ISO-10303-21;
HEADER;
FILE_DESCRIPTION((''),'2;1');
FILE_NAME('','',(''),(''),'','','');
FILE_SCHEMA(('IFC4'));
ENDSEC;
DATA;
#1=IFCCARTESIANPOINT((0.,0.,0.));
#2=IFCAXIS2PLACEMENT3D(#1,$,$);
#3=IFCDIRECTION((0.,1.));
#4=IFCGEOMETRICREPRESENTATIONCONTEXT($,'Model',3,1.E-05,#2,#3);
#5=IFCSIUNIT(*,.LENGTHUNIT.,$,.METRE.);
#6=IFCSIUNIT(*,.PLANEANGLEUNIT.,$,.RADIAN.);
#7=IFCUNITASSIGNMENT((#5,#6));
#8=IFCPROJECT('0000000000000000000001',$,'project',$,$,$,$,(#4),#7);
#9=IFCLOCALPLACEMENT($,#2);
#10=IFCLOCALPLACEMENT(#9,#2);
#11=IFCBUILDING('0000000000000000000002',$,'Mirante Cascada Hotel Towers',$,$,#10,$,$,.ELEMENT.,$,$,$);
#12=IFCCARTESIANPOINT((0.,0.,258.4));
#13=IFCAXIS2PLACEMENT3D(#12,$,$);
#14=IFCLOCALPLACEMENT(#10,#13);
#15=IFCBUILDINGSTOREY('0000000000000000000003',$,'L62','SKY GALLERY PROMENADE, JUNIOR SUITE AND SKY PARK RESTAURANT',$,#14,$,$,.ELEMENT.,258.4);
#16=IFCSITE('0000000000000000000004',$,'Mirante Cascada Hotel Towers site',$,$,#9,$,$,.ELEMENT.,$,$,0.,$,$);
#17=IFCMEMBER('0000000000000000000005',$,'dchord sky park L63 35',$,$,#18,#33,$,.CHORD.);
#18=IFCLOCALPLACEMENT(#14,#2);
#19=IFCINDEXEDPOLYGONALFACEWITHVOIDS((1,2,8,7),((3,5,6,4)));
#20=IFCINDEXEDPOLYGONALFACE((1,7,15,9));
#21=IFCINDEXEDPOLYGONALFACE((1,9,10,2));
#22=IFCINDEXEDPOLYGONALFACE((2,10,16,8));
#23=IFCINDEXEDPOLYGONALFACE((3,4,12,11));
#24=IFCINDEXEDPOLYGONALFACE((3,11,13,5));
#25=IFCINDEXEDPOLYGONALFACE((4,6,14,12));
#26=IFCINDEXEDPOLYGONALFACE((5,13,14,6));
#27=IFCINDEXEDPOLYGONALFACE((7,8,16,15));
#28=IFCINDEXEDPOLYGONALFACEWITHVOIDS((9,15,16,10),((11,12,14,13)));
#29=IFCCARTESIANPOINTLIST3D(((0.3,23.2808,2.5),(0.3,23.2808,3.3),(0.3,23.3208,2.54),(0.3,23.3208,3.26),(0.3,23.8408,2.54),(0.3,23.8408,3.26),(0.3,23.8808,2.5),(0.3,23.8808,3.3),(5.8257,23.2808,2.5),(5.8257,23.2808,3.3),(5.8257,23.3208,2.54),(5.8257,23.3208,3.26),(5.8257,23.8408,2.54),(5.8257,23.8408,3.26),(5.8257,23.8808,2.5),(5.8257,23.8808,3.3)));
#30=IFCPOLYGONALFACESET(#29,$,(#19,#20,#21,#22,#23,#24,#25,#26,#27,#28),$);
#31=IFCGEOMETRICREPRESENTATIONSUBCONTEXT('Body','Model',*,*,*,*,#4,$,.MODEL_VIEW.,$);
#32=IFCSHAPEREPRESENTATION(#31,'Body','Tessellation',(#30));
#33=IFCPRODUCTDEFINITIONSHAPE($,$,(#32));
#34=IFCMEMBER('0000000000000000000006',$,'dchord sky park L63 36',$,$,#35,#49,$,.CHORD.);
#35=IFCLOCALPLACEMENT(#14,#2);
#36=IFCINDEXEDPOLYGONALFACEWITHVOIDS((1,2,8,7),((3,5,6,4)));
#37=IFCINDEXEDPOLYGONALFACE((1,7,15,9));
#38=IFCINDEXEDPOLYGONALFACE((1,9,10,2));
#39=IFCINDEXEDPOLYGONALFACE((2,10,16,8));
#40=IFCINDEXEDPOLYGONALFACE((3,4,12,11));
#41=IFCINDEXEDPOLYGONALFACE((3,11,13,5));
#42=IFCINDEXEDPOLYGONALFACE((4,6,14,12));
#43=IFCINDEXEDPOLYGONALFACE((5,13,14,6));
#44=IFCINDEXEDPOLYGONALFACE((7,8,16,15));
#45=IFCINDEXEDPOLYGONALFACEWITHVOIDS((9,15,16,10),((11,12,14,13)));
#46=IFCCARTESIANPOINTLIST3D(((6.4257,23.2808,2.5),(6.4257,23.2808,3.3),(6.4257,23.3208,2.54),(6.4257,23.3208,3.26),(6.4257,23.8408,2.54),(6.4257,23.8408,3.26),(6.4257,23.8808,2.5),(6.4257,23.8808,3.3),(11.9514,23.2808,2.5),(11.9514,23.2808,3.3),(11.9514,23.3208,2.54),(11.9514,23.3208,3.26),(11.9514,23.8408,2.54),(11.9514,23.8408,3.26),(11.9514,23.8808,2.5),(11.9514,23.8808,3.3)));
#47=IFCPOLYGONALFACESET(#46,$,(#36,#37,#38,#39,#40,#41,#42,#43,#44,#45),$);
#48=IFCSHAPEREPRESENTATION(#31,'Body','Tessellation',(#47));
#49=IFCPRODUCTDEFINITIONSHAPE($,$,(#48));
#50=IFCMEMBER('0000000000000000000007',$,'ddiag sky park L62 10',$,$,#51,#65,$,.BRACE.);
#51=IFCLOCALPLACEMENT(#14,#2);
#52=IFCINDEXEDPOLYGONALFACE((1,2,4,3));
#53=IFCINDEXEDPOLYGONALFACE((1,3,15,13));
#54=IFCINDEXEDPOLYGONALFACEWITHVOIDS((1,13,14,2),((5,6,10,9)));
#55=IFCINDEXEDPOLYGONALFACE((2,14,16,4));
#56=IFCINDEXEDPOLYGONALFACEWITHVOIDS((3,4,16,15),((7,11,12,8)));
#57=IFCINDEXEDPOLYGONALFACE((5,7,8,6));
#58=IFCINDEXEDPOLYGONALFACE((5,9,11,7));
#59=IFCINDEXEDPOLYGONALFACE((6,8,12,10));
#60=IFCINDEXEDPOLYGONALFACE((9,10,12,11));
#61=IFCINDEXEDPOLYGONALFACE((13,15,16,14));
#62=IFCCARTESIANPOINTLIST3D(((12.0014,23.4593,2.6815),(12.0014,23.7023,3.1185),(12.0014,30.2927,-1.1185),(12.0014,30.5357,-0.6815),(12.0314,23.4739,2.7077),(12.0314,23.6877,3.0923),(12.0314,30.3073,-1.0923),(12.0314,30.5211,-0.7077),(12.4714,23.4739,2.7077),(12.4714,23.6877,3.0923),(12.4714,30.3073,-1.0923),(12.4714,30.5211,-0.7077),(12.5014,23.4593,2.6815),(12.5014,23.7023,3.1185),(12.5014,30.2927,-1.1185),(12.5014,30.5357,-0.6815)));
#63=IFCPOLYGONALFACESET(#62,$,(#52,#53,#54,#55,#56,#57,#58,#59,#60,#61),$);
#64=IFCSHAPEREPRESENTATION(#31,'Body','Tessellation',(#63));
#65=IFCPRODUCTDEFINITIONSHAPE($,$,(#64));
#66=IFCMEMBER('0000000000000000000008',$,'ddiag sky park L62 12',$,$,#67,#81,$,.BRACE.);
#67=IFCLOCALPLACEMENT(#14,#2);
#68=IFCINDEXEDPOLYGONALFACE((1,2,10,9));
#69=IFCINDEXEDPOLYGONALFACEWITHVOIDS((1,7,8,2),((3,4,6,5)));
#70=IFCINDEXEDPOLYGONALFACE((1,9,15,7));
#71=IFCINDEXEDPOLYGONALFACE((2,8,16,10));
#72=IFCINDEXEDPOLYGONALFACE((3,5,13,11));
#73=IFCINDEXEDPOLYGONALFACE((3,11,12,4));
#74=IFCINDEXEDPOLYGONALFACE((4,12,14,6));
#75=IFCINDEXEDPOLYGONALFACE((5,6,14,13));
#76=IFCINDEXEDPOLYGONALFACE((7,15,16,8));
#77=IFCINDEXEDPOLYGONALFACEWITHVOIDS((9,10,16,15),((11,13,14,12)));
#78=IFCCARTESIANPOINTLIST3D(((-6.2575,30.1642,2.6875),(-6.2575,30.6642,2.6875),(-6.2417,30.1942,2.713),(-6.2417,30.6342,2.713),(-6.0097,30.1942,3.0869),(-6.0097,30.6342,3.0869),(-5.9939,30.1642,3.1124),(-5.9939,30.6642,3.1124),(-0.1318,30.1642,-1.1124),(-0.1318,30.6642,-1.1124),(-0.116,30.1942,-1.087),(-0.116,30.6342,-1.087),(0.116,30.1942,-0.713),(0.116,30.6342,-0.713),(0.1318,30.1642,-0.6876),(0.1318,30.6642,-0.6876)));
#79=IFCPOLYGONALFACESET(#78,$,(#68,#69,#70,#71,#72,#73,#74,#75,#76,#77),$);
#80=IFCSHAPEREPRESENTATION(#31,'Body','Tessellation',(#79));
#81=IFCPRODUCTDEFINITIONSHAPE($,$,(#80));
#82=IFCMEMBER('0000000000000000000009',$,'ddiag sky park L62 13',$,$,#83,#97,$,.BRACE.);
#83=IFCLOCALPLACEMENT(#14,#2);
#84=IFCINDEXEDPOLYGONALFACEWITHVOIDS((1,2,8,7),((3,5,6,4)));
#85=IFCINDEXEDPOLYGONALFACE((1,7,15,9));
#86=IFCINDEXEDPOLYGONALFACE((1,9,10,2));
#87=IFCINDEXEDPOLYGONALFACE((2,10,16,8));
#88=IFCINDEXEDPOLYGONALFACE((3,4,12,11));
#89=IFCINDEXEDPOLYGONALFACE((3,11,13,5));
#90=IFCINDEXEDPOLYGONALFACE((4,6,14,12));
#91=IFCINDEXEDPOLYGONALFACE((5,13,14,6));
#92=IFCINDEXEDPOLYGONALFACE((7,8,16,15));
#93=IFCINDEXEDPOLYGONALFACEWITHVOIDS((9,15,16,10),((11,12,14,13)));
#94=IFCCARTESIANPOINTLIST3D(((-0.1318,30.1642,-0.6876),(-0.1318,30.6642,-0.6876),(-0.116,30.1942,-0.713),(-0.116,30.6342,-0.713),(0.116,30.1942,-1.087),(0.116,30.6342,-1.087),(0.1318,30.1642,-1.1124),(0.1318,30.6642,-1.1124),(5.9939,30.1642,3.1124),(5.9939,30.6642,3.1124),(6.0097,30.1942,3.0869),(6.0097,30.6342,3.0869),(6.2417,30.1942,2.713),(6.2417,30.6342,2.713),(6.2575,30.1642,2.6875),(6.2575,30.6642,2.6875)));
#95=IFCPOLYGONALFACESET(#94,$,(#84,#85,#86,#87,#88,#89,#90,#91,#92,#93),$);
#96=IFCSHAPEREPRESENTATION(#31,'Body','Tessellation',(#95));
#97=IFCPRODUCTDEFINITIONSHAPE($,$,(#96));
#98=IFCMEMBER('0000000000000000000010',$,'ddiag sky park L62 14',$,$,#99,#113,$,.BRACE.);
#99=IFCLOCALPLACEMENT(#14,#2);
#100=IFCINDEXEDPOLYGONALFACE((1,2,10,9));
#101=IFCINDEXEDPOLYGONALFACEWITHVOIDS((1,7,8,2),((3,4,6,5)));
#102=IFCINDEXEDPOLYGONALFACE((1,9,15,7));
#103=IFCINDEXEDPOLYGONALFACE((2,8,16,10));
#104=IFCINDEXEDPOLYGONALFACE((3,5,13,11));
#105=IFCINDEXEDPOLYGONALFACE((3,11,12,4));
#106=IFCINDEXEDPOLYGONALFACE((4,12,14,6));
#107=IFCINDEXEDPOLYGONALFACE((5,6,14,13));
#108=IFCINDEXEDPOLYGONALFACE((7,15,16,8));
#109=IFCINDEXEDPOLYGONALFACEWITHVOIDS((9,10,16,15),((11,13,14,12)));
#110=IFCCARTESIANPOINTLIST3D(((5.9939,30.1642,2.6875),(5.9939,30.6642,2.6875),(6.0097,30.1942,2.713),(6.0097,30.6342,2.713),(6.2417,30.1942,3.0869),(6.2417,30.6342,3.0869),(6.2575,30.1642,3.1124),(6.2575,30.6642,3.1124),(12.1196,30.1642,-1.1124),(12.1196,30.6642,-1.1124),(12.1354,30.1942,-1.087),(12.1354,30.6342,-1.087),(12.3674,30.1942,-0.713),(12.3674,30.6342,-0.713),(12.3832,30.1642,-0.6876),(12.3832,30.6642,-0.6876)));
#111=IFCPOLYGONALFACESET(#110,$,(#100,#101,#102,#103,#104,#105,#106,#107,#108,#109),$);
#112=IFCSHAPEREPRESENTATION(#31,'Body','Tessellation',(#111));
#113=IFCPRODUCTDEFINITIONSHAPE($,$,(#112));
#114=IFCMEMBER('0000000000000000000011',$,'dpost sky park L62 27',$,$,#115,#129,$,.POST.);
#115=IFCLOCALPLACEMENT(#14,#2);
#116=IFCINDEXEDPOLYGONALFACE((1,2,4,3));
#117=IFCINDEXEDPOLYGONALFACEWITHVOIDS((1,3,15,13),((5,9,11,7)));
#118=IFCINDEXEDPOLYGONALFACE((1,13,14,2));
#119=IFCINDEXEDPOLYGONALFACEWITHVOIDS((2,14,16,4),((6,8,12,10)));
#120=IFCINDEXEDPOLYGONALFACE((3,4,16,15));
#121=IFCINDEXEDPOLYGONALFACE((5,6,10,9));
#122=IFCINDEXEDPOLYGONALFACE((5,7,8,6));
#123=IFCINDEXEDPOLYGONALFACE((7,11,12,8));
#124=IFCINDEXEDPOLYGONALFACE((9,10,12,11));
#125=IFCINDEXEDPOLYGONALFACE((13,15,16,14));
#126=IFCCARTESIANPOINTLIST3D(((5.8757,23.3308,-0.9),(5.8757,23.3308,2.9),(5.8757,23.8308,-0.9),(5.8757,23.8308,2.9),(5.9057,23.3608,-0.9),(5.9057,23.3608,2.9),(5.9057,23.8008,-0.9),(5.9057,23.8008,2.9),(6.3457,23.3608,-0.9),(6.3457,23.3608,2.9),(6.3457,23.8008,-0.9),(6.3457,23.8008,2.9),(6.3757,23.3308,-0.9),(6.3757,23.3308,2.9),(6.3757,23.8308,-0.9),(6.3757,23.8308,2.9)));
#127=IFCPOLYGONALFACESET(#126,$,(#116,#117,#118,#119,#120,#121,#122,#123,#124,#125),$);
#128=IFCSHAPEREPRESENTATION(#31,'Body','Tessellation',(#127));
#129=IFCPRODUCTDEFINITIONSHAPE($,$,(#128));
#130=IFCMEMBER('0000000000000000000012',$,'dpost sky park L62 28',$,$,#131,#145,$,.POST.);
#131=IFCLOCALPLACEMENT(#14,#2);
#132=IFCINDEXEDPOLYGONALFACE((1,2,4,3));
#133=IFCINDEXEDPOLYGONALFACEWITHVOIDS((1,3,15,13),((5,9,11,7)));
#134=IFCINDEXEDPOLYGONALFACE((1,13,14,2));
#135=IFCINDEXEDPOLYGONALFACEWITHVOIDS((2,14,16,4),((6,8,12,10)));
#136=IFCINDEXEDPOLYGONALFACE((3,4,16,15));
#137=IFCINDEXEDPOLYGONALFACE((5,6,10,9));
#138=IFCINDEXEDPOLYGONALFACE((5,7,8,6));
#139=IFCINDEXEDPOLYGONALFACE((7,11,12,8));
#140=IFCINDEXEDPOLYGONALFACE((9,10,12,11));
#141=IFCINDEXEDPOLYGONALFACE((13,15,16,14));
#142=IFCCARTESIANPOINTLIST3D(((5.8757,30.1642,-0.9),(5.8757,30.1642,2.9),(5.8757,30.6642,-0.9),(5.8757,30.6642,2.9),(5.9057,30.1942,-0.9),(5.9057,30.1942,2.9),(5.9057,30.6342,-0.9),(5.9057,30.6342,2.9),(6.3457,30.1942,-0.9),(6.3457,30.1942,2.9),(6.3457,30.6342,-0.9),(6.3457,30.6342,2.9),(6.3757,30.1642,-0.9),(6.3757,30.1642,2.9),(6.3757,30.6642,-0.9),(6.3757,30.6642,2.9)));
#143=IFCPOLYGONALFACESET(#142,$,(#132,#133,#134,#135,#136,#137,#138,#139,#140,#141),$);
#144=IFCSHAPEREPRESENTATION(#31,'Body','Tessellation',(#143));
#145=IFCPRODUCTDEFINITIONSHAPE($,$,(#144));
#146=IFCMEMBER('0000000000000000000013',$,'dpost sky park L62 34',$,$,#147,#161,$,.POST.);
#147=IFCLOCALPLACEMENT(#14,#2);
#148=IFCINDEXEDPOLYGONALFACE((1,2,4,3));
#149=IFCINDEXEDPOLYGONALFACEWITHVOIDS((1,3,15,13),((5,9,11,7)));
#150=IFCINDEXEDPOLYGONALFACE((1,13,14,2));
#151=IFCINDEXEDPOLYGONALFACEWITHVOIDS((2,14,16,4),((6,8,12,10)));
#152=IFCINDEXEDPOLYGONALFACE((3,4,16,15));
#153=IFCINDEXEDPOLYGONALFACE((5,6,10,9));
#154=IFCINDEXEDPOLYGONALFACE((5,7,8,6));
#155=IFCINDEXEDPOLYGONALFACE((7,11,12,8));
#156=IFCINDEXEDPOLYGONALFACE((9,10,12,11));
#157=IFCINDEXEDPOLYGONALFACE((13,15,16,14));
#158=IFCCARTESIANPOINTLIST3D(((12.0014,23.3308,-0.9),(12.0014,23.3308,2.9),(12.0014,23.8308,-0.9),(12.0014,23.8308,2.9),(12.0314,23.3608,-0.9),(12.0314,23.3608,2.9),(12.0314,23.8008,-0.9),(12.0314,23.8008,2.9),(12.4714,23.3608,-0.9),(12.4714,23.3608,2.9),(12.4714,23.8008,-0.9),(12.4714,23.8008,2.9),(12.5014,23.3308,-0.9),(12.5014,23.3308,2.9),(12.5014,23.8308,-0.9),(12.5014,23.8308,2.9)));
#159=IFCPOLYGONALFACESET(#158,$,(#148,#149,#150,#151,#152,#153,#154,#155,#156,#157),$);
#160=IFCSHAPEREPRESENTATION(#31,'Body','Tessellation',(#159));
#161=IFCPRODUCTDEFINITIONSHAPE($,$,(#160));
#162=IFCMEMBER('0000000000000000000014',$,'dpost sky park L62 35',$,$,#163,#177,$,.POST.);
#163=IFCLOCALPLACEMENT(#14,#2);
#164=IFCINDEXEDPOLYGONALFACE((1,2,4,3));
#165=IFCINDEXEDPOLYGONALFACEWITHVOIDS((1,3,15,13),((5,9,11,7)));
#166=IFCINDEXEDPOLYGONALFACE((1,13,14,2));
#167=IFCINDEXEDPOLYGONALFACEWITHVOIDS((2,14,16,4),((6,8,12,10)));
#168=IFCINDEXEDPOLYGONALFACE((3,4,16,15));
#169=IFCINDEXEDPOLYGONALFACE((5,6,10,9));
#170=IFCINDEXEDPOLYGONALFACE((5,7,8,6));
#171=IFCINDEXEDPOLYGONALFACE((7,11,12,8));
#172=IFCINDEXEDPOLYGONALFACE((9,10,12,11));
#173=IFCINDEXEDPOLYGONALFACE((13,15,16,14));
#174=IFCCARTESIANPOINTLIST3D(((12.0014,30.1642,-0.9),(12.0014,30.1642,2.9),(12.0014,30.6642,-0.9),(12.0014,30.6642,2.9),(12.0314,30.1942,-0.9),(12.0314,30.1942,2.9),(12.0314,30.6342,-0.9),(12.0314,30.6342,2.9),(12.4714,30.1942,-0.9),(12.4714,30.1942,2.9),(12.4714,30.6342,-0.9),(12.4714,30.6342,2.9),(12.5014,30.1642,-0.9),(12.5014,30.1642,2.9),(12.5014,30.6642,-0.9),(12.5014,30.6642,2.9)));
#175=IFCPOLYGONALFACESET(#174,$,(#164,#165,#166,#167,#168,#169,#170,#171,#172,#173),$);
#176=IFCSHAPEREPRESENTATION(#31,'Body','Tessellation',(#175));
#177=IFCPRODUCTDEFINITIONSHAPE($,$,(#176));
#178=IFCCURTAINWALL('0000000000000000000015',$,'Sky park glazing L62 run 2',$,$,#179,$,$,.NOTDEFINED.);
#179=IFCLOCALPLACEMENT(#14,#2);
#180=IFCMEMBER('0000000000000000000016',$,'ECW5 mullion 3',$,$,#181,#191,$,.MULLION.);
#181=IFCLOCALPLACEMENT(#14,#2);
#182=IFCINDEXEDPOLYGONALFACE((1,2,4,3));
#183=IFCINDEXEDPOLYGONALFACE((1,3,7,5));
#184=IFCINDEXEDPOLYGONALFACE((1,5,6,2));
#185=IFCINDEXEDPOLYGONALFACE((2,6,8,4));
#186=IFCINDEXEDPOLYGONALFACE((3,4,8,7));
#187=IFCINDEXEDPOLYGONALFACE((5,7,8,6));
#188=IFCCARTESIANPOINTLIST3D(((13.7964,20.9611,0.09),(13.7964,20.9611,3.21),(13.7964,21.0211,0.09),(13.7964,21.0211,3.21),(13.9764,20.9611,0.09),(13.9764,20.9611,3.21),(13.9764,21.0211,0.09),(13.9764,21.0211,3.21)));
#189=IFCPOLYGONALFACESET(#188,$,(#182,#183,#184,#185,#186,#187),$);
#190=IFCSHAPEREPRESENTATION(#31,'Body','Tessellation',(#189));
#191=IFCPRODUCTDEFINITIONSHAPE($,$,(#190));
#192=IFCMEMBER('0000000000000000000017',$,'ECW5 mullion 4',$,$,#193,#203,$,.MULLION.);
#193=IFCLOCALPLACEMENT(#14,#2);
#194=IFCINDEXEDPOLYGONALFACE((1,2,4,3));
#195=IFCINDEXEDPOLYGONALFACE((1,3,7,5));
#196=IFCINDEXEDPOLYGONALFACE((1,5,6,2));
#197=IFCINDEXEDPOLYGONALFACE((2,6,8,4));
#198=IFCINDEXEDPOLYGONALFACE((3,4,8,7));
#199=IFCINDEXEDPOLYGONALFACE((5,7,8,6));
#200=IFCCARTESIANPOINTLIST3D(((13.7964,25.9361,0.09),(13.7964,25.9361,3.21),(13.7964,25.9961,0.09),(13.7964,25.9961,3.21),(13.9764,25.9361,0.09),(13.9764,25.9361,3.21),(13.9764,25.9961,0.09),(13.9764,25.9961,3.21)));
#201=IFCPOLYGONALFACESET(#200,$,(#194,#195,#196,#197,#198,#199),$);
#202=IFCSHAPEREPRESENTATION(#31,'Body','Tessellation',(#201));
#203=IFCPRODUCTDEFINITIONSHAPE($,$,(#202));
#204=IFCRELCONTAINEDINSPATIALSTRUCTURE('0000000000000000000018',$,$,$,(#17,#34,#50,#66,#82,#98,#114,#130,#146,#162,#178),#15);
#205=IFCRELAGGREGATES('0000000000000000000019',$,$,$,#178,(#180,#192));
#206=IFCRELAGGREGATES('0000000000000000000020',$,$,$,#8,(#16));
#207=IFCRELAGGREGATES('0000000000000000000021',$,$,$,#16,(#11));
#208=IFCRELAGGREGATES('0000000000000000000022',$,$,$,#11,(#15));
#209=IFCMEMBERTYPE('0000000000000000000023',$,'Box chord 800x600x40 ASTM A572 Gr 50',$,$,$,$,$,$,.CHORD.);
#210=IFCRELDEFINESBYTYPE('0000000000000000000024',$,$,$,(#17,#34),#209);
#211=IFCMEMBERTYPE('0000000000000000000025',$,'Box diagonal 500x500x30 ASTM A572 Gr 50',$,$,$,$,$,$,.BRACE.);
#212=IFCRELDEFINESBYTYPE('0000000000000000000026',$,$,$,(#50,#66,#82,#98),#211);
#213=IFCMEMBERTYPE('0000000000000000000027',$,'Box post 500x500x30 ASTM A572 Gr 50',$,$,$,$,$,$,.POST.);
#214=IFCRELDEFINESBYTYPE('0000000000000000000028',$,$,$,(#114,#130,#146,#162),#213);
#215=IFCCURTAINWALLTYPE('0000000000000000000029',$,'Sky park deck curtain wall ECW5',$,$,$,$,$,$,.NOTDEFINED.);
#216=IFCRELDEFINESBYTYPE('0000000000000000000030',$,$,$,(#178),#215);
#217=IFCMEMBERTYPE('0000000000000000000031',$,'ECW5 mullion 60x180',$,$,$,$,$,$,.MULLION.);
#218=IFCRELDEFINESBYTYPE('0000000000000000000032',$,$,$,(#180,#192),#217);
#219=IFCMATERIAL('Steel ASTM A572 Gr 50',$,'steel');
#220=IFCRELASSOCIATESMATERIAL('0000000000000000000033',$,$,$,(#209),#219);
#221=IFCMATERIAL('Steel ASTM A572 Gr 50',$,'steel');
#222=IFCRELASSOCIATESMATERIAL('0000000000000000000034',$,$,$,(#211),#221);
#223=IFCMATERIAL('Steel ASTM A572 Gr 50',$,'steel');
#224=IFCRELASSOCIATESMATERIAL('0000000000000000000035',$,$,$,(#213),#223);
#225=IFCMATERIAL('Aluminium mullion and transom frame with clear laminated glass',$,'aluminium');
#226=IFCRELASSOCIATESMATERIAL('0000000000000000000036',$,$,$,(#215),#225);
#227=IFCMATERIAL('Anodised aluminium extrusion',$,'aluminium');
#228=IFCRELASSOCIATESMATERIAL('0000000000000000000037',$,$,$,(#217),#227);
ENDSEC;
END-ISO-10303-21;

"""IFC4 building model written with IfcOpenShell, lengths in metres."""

from ifc_helpers import new_model, si_unit, direction, frame, origin, origin_2d, place, context, subcontext, project, spatial, rectangle, hollow_rectangle, extrude, material, material_profile, profile_set, type_object, element, aggregate, save


model = new_model("IFC4")

# Units and contexts
model_context = context("Model", 3, precision=1e-05, world=origin(), true_north=direction((0.0, 1.0)))
body_context = subcontext(model_context, "Body", "Model", "MODEL_VIEW")
ifc_project = project(units=[si_unit("LENGTHUNIT", "METRE"), si_unit("PLANEANGLEUNIT", "RADIAN")], contexts=[model_context])

# Site, building, storey
site_placement = place(None, origin())
site = spatial("IfcSite", under=ifc_project, at=site_placement, Name="Mirante Cascada Hotel Towers site", CompositionType="ELEMENT", RefElevation=0.0)
building_placement = place(site_placement, origin())
building = spatial("IfcBuilding", under=site, at=building_placement, Name="Mirante Cascada Hotel Towers", CompositionType="ELEMENT")
storey_placement = place(building_placement, frame((0.0, 0.0, 258.4)))
storey = spatial("IfcBuildingStorey", under=building, at=storey_placement, Name="L62", Description="SKY GALLERY PROMENADE, JUNIOR SUITE AND SKY PARK RESTAURANT", CompositionType="ELEMENT", Elevation=258.4)

# Members
ifc_material_1 = material(Name="Steel ASTM A572 Gr 50", Category="steel")
ifc_material_profile_1 = material_profile(ifc_material_1, hollow_rectangle(XDim=0.6, YDim=0.8, WallThickness=0.04, at=origin_2d()), Name="Box chord 800x600x40 ASTM A572 Gr 50")
ifc_profile_set_1 = profile_set([ifc_material_profile_1], Name="Steel ASTM A572 Gr 50")
member_type_1 = type_object("IfcMemberType", Name="Box chord 800x600x40 ASTM A572 Gr 50", PredefinedType="CHORD", material=ifc_profile_set_1)
for number, where, z_axis, x_axis, name in (
    (1, (0.3, 23.5808, 2.9), (1.0, 0.0, 0.0), (0.0, 1.0, 0.0), "dchord sky park L63 35"),
    (2, (6.4257, 23.5808, 2.9), (1.0, 0.0, 0.0), (0.0, 1.0, 0.0), "dchord sky park L63 36"),
):
    element("IfcMember", number, at=place(storey_placement, frame(where, z_axis=z_axis, x_axis=x_axis)), inside=storey, type_object=member_type_1, Name=name, PredefinedType="CHORD", context=body_context, shape_type="SweptSolid", body=[
        extrude(hollow_rectangle(XDim=0.6, YDim=0.8, WallThickness=0.04, at=origin_2d()), origin(), (0.0, 0.0, 1.0), 5.5257),
    ])
ifc_material_2 = material(Name="Steel ASTM A572 Gr 50", Category="steel")
ifc_material_profile_2 = material_profile(ifc_material_2, hollow_rectangle(XDim=0.5, YDim=0.5, WallThickness=0.03, at=origin_2d()), Name="Box diagonal 500x500x30 ASTM A572 Gr 50")
ifc_profile_set_2 = profile_set([ifc_material_profile_2], Name="Steel ASTM A572 Gr 50")
member_type_2 = type_object("IfcMemberType", Name="Box diagonal 500x500x30 ASTM A572 Gr 50", PredefinedType="BRACE", material=ifc_profile_set_2)
member_1_placement = place(storey_placement, frame((12.2514, 30.4142, -0.9), z_axis=(0.0, -0.873958, 0.486001), x_axis=(1.0, 0.0, 0.0)))
element("IfcMember", 3, at=member_1_placement, inside=storey, type_object=member_type_2, Name="ddiag sky park L62 10", PredefinedType="BRACE", context=body_context, shape_type="SweptSolid", body=[
    extrude(hollow_rectangle(XDim=0.5, YDim=0.5, WallThickness=0.03, at=origin_2d()), origin(), (0.0, 0.0, 1.0), 7.8189),
])
for number, where, z_axis, x_axis, name in (
    (4, (0.0, 30.4142, -0.9), (-0.849774, 0.0, 0.527147), (0.0, -1.0, 0.0), "ddiag sky park L62 12"),
    (5, (0.0, 30.4142, -0.9), (0.849774, 0.0, 0.527147), (0.0, 1.0, 0.0), "ddiag sky park L62 13"),
    (6, (12.2514, 30.4142, -0.9), (-0.849774, 0.0, 0.527147), (0.0, -1.0, 0.0), "ddiag sky park L62 14"),
):
    element("IfcMember", number, at=place(storey_placement, frame(where, z_axis=z_axis, x_axis=x_axis)), inside=storey, type_object=member_type_2, Name=name, PredefinedType="BRACE", context=body_context, shape_type="SweptSolid", body=[
        extrude(hollow_rectangle(XDim=0.5, YDim=0.5, WallThickness=0.03, at=origin_2d()), origin(), (0.0, 0.0, 1.0), 7.2086),
    ])
ifc_material_3 = material(Name="Steel ASTM A572 Gr 50", Category="steel")
ifc_material_profile_3 = material_profile(ifc_material_3, hollow_rectangle(XDim=0.5, YDim=0.5, WallThickness=0.03, at=origin_2d()), Name="Box post 500x500x30 ASTM A572 Gr 50")
ifc_profile_set_3 = profile_set([ifc_material_profile_3], Name="Steel ASTM A572 Gr 50")
member_type_3 = type_object("IfcMemberType", Name="Box post 500x500x30 ASTM A572 Gr 50", PredefinedType="POST", material=ifc_profile_set_3)
for number, where, z_axis, x_axis, name in (
    (7, (6.1257, 23.5808, -0.9), (0.0, 0.0, 1.0), (1.0, 0.0, 0.0), "dpost sky park L62 27"),
    (8, (6.1257, 30.4142, -0.9), (0.0, 0.0, 1.0), (1.0, 0.0, 0.0), "dpost sky park L62 28"),
    (9, (12.2514, 23.5808, -0.9), (0.0, 0.0, 1.0), (1.0, 0.0, 0.0), "dpost sky park L62 34"),
    (10, (12.2514, 30.4142, -0.9), (0.0, 0.0, 1.0), (1.0, 0.0, 0.0), "dpost sky park L62 35"),
):
    element("IfcMember", number, at=place(storey_placement, frame(where, z_axis=z_axis, x_axis=x_axis)), inside=storey, type_object=member_type_3, Name=name, PredefinedType="POST", context=body_context, shape_type="SweptSolid", body=[
        extrude(hollow_rectangle(XDim=0.5, YDim=0.5, WallThickness=0.03, at=origin_2d()), origin(), (0.0, 0.0, 1.0), 3.8),
    ])

# Curtain wall, members
ifc_material_4 = material(Name="Aluminium mullion and transom frame with clear laminated glass", Category="aluminium")
curtain_wall_type = type_object("IfcCurtainWallType", Name="Sky park deck curtain wall ECW5", PredefinedType="NOTDEFINED", material=ifc_material_4)
curtain_wall_1_placement = place(storey_placement, origin())
curtain_wall_1 = element("IfcCurtainWall", 11, at=curtain_wall_1_placement, inside=storey, type_object=curtain_wall_type, Name="Sky park glazing L62 run 2", PredefinedType="NOTDEFINED")
ifc_material_5 = material(Name="Anodised aluminium extrusion", Category="aluminium")
ifc_material_profile_4 = material_profile(ifc_material_5, rectangle(XDim=0.18, YDim=0.06, at=origin_2d()), Name="ECW5 MULLION 60x180")
ifc_profile_set_4 = profile_set([ifc_material_profile_4], Name="Anodised aluminium extrusion")
member_type_4 = type_object("IfcMemberType", Name="ECW5 mullion 60x180", PredefinedType="MULLION", material=ifc_profile_set_4)
member_2_placement = place(storey_placement, frame((13.8864, 20.9911, 0.09), z_axis=(0.0, 0.0, 1.0), x_axis=(-1.0, 0.0, 0.0)))
member_2 = element("IfcMember", 12, at=member_2_placement, type_object=member_type_4, Name="ECW5 mullion 3", PredefinedType="MULLION", context=body_context, shape_type="SweptSolid", body=[
    extrude(rectangle(XDim=0.18, YDim=0.06, at=origin_2d()), origin(), (0.0, 0.0, 1.0), 3.12),
])
member_3_placement = place(storey_placement, frame((13.8864, 25.9661, 0.09), z_axis=(0.0, 0.0, 1.0), x_axis=(-1.0, 0.0, 0.0)))
member_3 = element("IfcMember", 13, at=member_3_placement, type_object=member_type_4, Name="ECW5 mullion 4", PredefinedType="MULLION", context=body_context, shape_type="SweptSolid", body=[
    extrude(rectangle(XDim=0.18, YDim=0.06, at=origin_2d()), origin(), (0.0, 0.0, 1.0), 3.12),
])

aggregate(curtain_wall_1, [member_2, member_3])

save(model, "model.ifc")
